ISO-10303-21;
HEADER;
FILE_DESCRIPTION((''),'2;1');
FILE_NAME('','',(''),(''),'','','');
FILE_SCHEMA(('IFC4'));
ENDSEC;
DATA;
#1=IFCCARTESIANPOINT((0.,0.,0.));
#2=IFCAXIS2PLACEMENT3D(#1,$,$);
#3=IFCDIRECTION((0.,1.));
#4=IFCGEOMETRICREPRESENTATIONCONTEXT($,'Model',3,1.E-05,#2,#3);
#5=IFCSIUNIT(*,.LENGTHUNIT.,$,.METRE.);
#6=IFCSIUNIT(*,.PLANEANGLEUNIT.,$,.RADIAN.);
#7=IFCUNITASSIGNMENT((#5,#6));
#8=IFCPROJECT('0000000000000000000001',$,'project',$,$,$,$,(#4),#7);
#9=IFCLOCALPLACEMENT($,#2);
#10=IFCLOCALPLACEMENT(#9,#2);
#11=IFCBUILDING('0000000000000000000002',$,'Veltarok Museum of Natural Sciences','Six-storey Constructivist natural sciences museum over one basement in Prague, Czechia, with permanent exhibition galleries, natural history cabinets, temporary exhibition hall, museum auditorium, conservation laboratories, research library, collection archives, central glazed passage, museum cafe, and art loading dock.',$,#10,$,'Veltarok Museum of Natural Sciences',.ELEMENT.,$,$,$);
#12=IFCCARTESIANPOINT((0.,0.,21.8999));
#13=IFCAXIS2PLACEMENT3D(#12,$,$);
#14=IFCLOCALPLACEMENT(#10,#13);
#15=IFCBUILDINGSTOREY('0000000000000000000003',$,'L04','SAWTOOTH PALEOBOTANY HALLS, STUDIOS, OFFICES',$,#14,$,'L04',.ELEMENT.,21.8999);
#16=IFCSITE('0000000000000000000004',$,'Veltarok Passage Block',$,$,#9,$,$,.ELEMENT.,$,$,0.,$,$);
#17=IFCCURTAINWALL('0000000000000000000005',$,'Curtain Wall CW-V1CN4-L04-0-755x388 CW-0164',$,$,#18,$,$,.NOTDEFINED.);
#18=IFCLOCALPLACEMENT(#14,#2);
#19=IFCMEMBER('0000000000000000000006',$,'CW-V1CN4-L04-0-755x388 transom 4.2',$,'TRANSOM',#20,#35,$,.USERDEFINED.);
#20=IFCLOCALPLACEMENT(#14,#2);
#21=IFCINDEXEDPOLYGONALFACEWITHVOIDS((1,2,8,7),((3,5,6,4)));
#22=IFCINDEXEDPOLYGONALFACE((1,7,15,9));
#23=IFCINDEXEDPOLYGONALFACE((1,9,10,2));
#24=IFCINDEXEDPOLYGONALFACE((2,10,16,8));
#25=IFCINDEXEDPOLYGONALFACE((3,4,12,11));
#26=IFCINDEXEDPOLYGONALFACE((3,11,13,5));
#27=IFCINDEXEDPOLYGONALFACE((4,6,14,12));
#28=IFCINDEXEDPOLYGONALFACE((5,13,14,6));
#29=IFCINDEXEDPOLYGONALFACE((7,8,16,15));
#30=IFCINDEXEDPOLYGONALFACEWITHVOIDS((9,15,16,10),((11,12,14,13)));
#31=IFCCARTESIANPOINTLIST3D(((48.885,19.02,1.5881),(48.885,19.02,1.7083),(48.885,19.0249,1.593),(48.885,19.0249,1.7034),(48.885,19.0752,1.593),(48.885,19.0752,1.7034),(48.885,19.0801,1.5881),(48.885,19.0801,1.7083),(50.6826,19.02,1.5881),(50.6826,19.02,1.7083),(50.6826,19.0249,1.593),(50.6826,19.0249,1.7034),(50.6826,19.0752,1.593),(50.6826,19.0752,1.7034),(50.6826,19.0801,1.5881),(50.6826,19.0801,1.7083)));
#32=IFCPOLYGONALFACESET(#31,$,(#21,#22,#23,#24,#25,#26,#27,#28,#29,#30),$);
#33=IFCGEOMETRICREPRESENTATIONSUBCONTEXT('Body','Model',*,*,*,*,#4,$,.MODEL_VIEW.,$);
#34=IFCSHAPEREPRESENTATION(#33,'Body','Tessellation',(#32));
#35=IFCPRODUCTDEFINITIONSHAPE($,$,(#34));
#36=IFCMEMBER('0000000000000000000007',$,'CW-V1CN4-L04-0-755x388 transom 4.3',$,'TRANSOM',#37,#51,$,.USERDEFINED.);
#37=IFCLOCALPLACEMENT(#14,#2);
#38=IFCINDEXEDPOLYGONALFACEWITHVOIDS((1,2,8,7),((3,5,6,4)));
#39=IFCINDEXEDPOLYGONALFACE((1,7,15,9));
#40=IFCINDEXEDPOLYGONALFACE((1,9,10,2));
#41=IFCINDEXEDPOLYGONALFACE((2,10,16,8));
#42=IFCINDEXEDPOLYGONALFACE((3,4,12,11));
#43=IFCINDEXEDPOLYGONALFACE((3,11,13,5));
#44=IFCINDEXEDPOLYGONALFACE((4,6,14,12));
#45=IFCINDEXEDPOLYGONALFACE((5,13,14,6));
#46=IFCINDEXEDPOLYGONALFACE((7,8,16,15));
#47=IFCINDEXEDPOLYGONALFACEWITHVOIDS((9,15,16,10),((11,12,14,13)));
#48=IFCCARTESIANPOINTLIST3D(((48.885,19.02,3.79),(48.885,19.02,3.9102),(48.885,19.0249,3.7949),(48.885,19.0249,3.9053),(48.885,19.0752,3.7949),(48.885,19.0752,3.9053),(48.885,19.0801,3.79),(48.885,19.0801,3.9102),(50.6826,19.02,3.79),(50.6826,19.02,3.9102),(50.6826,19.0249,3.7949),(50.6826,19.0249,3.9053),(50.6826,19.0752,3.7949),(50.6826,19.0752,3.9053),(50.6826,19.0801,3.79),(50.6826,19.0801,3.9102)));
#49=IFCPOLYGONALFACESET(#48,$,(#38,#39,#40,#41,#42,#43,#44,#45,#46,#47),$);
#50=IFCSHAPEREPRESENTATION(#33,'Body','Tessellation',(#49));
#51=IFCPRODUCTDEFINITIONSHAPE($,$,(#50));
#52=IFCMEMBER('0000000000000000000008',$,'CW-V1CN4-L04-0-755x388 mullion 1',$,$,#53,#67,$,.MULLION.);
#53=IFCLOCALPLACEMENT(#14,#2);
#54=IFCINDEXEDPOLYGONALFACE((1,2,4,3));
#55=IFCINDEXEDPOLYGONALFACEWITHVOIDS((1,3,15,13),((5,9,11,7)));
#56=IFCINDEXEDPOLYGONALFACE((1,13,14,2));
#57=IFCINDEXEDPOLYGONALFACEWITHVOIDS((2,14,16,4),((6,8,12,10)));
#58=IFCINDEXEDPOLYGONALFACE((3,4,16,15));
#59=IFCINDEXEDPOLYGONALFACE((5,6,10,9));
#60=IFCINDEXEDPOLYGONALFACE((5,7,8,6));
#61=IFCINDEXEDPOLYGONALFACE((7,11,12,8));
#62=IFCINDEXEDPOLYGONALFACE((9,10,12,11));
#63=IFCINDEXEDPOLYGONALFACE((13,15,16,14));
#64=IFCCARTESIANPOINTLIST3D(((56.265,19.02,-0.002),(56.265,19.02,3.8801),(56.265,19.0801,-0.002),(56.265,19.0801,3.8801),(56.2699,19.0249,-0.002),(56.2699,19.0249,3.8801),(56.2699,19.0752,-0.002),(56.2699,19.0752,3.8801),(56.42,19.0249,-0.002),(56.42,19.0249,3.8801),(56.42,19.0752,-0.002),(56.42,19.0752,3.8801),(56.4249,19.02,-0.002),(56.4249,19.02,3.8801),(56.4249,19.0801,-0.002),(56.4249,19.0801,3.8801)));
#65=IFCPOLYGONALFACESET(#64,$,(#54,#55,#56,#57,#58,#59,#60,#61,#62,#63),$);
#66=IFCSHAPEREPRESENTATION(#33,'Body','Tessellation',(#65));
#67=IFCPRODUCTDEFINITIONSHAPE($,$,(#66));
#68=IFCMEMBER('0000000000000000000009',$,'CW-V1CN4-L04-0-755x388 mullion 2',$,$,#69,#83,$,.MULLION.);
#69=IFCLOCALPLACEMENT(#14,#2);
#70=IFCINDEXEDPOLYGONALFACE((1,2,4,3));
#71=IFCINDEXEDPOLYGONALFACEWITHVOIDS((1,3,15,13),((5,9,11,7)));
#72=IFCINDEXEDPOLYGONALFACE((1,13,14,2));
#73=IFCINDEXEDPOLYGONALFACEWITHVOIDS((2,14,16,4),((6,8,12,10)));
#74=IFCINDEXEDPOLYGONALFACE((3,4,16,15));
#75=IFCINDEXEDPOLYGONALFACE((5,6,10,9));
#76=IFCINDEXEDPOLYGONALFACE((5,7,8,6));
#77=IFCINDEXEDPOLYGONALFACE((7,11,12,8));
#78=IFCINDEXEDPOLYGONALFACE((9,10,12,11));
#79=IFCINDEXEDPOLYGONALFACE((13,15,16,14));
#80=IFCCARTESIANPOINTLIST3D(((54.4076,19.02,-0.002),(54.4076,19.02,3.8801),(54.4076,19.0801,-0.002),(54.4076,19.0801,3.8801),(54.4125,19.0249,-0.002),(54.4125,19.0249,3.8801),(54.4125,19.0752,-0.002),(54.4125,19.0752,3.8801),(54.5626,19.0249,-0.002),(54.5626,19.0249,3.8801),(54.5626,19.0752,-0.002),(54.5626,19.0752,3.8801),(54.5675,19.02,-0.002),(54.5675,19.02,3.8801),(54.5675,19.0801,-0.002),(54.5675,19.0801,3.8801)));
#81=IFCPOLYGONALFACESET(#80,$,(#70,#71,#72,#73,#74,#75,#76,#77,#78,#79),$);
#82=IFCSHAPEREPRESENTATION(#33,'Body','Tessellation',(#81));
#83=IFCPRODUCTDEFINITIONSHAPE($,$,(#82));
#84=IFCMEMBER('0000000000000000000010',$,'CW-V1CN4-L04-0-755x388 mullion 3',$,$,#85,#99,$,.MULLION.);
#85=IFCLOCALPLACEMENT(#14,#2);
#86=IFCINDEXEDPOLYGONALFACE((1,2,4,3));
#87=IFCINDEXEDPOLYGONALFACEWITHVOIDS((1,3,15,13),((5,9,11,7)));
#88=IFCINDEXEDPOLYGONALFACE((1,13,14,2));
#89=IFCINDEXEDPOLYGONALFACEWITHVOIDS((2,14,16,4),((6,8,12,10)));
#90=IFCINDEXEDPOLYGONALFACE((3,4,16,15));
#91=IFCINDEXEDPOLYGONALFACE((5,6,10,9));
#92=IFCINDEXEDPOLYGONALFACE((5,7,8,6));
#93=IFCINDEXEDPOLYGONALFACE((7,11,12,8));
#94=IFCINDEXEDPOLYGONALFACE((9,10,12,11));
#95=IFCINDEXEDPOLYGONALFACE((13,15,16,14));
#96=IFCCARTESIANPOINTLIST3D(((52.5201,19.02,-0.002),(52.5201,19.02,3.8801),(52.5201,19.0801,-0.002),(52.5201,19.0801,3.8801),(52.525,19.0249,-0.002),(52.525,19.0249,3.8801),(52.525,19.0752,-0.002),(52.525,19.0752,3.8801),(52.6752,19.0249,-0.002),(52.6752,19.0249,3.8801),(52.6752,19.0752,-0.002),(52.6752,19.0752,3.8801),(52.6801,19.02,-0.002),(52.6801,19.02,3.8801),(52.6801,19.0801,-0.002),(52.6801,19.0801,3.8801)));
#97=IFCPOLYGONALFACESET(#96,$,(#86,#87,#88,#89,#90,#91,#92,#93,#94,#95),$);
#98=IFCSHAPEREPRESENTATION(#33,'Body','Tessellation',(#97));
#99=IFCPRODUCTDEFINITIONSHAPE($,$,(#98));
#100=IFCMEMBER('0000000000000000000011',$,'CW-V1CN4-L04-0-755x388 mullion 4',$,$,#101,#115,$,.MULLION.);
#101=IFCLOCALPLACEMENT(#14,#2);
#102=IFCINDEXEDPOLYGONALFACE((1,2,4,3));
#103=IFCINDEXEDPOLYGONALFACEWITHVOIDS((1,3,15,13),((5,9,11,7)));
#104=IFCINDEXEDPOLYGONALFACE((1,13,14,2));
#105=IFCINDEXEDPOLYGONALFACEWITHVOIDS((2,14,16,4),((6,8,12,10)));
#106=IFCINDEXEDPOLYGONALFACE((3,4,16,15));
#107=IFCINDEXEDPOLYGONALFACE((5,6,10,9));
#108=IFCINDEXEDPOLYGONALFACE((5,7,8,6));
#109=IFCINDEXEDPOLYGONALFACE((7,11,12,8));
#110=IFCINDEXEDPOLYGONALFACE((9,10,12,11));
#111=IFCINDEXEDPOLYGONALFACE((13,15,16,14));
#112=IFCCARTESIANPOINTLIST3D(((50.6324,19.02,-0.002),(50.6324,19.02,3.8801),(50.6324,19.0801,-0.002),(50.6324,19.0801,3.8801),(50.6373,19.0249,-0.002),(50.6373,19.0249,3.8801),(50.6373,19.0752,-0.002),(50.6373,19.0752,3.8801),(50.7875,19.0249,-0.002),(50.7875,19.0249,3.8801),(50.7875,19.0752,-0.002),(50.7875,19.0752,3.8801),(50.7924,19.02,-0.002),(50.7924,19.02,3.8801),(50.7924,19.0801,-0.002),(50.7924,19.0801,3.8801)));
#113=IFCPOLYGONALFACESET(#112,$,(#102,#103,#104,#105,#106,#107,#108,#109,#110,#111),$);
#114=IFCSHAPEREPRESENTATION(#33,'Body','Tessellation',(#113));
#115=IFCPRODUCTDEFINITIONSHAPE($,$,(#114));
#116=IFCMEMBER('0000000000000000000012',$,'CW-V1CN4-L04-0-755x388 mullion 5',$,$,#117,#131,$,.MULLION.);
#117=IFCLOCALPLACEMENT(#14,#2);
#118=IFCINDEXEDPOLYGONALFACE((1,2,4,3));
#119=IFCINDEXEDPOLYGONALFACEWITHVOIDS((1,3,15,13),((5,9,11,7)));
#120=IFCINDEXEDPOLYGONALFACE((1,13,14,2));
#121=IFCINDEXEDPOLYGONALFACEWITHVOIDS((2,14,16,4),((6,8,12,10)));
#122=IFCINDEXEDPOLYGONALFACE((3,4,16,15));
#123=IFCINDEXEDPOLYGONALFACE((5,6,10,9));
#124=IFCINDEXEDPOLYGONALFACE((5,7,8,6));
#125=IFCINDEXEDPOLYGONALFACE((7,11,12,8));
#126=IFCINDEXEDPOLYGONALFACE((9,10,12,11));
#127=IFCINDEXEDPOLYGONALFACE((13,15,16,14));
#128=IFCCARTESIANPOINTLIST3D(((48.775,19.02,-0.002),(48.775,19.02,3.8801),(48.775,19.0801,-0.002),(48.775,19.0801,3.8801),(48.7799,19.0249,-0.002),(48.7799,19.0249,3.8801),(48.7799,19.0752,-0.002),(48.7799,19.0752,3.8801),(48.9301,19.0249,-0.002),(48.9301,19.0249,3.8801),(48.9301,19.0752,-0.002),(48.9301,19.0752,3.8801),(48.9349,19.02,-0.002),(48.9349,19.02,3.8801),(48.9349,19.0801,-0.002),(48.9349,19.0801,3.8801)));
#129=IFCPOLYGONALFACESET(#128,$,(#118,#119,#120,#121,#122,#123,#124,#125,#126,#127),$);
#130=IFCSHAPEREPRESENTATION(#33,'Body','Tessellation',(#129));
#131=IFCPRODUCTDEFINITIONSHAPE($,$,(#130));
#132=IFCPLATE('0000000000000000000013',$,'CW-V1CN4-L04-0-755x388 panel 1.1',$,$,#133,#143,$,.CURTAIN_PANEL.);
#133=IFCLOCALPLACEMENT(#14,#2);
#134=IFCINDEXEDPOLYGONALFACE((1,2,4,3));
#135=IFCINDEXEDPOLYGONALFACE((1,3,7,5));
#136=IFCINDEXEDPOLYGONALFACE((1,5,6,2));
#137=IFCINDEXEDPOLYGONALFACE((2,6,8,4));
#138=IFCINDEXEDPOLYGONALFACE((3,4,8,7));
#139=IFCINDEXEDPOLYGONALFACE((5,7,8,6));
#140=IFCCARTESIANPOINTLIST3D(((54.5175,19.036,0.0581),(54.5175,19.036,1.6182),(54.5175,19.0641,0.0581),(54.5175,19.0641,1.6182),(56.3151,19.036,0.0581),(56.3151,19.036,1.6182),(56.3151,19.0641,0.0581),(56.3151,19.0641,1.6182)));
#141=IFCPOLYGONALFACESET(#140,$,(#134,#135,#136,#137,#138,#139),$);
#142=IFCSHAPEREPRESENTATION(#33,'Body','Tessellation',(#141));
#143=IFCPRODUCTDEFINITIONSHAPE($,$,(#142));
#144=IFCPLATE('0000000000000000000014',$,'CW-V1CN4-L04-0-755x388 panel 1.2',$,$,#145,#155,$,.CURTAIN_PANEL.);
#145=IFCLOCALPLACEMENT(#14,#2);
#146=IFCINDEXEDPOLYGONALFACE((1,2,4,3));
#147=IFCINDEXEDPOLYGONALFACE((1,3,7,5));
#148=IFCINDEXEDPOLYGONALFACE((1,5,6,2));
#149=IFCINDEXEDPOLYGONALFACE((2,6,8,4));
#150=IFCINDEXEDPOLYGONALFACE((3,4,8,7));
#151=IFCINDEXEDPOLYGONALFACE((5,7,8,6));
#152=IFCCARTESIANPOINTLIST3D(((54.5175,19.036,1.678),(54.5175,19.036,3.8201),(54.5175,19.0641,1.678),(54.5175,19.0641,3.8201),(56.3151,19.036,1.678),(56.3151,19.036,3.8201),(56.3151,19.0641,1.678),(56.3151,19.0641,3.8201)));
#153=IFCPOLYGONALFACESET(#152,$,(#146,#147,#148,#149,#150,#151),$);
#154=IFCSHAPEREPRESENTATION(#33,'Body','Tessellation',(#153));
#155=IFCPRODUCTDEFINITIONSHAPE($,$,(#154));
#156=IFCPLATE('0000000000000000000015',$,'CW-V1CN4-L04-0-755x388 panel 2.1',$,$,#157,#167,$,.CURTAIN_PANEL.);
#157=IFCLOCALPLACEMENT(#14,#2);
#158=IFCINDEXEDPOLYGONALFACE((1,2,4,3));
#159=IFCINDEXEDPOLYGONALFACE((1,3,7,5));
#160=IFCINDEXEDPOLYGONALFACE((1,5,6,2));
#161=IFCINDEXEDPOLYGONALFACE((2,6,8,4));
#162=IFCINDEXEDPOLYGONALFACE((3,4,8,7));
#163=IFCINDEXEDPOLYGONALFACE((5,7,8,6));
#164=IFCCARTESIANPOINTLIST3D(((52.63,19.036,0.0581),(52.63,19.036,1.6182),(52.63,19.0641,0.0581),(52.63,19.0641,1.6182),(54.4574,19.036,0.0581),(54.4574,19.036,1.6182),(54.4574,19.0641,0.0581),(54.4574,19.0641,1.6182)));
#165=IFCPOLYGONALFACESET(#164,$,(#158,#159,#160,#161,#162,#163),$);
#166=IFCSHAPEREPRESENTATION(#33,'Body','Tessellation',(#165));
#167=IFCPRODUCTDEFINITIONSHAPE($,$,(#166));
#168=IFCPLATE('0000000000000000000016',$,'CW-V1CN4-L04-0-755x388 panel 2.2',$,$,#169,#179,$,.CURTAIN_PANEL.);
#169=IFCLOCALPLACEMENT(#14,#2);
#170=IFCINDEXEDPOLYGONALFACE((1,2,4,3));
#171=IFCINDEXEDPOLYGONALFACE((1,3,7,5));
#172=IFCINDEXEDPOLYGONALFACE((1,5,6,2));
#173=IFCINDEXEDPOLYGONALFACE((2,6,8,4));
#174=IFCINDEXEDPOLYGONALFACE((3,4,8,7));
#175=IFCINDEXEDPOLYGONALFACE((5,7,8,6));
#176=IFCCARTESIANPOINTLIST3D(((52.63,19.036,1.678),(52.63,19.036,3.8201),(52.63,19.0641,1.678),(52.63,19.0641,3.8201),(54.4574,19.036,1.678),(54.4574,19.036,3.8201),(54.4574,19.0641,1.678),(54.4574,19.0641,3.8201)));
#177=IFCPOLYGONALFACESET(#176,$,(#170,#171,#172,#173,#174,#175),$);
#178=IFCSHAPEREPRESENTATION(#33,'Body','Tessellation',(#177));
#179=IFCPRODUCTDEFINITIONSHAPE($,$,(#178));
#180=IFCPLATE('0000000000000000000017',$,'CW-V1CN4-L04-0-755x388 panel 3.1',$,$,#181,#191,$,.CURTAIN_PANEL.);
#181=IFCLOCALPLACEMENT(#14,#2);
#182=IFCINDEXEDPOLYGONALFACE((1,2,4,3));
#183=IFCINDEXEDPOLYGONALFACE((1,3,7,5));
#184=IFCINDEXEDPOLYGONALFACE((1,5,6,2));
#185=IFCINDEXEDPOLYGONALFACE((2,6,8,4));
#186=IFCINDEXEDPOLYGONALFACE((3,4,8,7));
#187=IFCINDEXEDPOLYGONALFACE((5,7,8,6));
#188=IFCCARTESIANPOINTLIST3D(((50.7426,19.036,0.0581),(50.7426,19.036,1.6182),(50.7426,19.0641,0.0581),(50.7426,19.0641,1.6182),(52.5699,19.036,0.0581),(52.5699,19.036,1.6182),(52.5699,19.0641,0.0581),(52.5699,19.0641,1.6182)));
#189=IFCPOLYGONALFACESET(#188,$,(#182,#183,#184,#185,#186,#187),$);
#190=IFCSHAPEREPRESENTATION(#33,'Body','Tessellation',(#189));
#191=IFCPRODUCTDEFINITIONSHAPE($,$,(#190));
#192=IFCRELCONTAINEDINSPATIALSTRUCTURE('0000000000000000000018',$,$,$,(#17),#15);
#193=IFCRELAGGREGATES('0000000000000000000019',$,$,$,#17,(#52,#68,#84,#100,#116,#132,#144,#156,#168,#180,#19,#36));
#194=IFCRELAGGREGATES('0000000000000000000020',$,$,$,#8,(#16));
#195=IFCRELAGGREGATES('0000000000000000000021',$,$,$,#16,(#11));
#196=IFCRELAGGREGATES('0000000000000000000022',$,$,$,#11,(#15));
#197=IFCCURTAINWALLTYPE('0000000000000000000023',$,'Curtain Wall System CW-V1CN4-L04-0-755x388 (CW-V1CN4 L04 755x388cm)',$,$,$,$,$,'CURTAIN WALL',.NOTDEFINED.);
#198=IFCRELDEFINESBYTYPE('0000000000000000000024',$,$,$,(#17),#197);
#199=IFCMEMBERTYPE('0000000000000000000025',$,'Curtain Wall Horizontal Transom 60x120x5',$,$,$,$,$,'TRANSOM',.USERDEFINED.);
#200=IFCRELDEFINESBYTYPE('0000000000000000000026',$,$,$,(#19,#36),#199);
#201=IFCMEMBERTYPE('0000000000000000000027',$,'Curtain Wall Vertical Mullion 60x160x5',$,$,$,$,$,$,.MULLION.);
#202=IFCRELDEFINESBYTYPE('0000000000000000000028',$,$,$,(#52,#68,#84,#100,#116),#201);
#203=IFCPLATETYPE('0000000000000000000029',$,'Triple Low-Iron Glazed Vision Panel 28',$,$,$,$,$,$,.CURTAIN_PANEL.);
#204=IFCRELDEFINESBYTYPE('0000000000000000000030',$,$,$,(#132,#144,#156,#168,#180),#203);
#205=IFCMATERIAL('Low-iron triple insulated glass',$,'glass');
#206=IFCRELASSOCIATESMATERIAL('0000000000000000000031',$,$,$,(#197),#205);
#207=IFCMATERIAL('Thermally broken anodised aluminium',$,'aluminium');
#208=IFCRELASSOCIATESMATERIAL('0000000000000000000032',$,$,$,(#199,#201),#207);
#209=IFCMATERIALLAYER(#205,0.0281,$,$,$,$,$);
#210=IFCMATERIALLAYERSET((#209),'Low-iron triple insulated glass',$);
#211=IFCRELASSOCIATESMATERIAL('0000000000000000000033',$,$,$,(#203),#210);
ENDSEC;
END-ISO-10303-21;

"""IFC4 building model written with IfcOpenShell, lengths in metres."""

from ifc_helpers import new_model, si_unit, direction, frame, origin, origin_2d, place, context, subcontext, project, spatial, rectangle, hollow_rectangle, extrude, material, layer, layer_set, material_profile, profile_set, type_object, element, aggregate, save


model = new_model("IFC4")

# Units and contexts
model_context = context("Model", 3, precision=1e-05, world=origin(), true_north=direction((0.0, 1.0)))
body_context = subcontext(model_context, "Body", "Model", "MODEL_VIEW")
ifc_project = project(units=[si_unit("LENGTHUNIT", "METRE"), si_unit("PLANEANGLEUNIT", "RADIAN")], contexts=[model_context])

# Site, building, storey
site_placement = place(None, origin())
site = spatial("IfcSite", under=ifc_project, at=site_placement, Name="Veltarok Passage Block", CompositionType="ELEMENT", RefElevation=0.0)
building_placement = place(site_placement, origin())
building = spatial("IfcBuilding", under=site, at=building_placement, Name="Veltarok Museum of Natural Sciences", Description="Six-storey Constructivist natural sciences museum over one basement in Prague, Czechia, with permanent exhibition galleries, natural history cabinets, temporary exhibition hall, museum auditorium, conservation laboratories, research library, collection archives, central glazed passage, museum cafe, and art loading dock.", LongName="Veltarok Museum of Natural Sciences", CompositionType="ELEMENT")
storey_placement = place(building_placement, frame((0.0, 0.0, 21.8999)))
storey = spatial("IfcBuildingStorey", under=building, at=storey_placement, Name="L04", Description="SAWTOOTH PALEOBOTANY HALLS, STUDIOS, OFFICES", LongName="L04", CompositionType="ELEMENT", Elevation=21.8999)

# Curtain wall, members, plates
ifc_material_1 = material(Name="Low-iron triple insulated glass", Category="glass")
curtain_wall_type = type_object("IfcCurtainWallType", Name="Curtain Wall System CW-V1CN4-L04-0-755x388 (CW-V1CN4 L04 755x388cm)", ElementType="CURTAIN WALL", PredefinedType="NOTDEFINED", material=ifc_material_1)
curtain_wall_placement = place(storey_placement, origin())
curtain_wall = element("IfcCurtainWall", 1, at=curtain_wall_placement, inside=storey, type_object=curtain_wall_type, Name="Curtain Wall CW-V1CN4-L04-0-755x388 CW-0164", PredefinedType="NOTDEFINED")
ifc_material_2 = material(Name="Thermally broken anodised aluminium", Category="aluminium")
ifc_material_profile_1 = material_profile(ifc_material_2, hollow_rectangle(XDim=0.0601, YDim=0.1201, WallThickness=0.0049, at=origin_2d()), Name="CW TRANSOM 60x120x5")
ifc_profile_set_1 = profile_set([ifc_material_profile_1], Name="Thermally broken anodised aluminium")
member_type_1 = type_object("IfcMemberType", Name="Curtain Wall Horizontal Transom 60x120x5", ElementType="TRANSOM", PredefinedType="USERDEFINED", material=ifc_profile_set_1)
member_1_placement = place(storey_placement, frame((50.6826, 19.05, 1.6482), z_axis=(-1.0, 0.0, 0.0), x_axis=(0.0, -1.0, 0.0)))
member_1 = element("IfcMember", 2, at=member_1_placement, type_object=member_type_1, Name="CW-V1CN4-L04-0-755x388 transom 4.2", ObjectType="TRANSOM", PredefinedType="USERDEFINED", context=body_context, shape_type="SweptSolid", body=[
    extrude(hollow_rectangle(XDim=0.0601, YDim=0.1201, WallThickness=0.0049, at=origin_2d()), origin(), (0.0, 0.0, 1.0), 1.7976),
])
member_2_placement = place(storey_placement, frame((50.6826, 19.05, 3.8501), z_axis=(-1.0, 0.0, 0.0), x_axis=(0.0, -1.0, 0.0)))
member_2 = element("IfcMember", 3, at=member_2_placement, type_object=member_type_1, Name="CW-V1CN4-L04-0-755x388 transom 4.3", ObjectType="TRANSOM", PredefinedType="USERDEFINED", context=body_context, shape_type="SweptSolid", body=[
    extrude(hollow_rectangle(XDim=0.0601, YDim=0.1201, WallThickness=0.0049, at=origin_2d()), origin(), (0.0, 0.0, 1.0), 1.7976),
])
ifc_material_profile_2 = material_profile(ifc_material_2, hollow_rectangle(XDim=0.0601, YDim=0.1599, WallThickness=0.0049, at=origin_2d()), Name="CW MULLION 60x160x5")
ifc_profile_set_2 = profile_set([ifc_material_profile_2], Name="Thermally broken anodised aluminium")
member_type_2 = type_object("IfcMemberType", Name="Curtain Wall Vertical Mullion 60x160x5", PredefinedType="MULLION", material=ifc_profile_set_2)
member_3_placement = place(storey_placement, frame((56.345, 19.05, -0.002), z_axis=(0.0, 0.0, 1.0), x_axis=(0.0, -1.0, 0.0)))
member_3 = element("IfcMember", 4, at=member_3_placement, type_object=member_type_2, Name="CW-V1CN4-L04-0-755x388 mullion 1", PredefinedType="MULLION", context=body_context, shape_type="SweptSolid", body=[
    extrude(hollow_rectangle(XDim=0.0601, YDim=0.1599, WallThickness=0.0049, at=origin_2d()), origin(), (0.0, 0.0, 1.0), 3.8821),
])
member_4_placement = place(storey_placement, frame((54.4875, 19.05, -0.002), z_axis=(0.0, 0.0, 1.0), x_axis=(0.0, -1.0, 0.0)))
member_4 = element("IfcMember", 5, at=member_4_placement, type_object=member_type_2, Name="CW-V1CN4-L04-0-755x388 mullion 2", PredefinedType="MULLION", context=body_context, shape_type="SweptSolid", body=[
    extrude(hollow_rectangle(XDim=0.0601, YDim=0.1599, WallThickness=0.0049, at=origin_2d()), origin(), (0.0, 0.0, 1.0), 3.8821),
])
member_5_placement = place(storey_placement, frame((52.6001, 19.05, -0.002), z_axis=(0.0, 0.0, 1.0), x_axis=(0.0, -1.0, 0.0)))
member_5 = element("IfcMember", 6, at=member_5_placement, type_object=member_type_2, Name="CW-V1CN4-L04-0-755x388 mullion 3", PredefinedType="MULLION", context=body_context, shape_type="SweptSolid", body=[
    extrude(hollow_rectangle(XDim=0.0601, YDim=0.1599, WallThickness=0.0049, at=origin_2d()), origin(), (0.0, 0.0, 1.0), 3.8821),
])
member_6_placement = place(storey_placement, frame((50.7124, 19.05, -0.002), z_axis=(0.0, 0.0, 1.0), x_axis=(0.0, -1.0, 0.0)))
member_6 = element("IfcMember", 7, at=member_6_placement, type_object=member_type_2, Name="CW-V1CN4-L04-0-755x388 mullion 4", PredefinedType="MULLION", context=body_context, shape_type="SweptSolid", body=[
    extrude(hollow_rectangle(XDim=0.0601, YDim=0.1599, WallThickness=0.0049, at=origin_2d()), origin(), (0.0, 0.0, 1.0), 3.8821),
])
member_7_placement = place(storey_placement, frame((48.855, 19.05, -0.002), z_axis=(0.0, 0.0, 1.0), x_axis=(0.0, -1.0, 0.0)))
member_7 = element("IfcMember", 8, at=member_7_placement, type_object=member_type_2, Name="CW-V1CN4-L04-0-755x388 mullion 5", PredefinedType="MULLION", context=body_context, shape_type="SweptSolid", body=[
    extrude(hollow_rectangle(XDim=0.0601, YDim=0.1599, WallThickness=0.0049, at=origin_2d()), origin(), (0.0, 0.0, 1.0), 3.8821),
])
ifc_layer_1 = layer(ifc_material_1, 0.0281)
ifc_layer_set_1 = layer_set([ifc_layer_1], Name="Low-iron triple insulated glass")
plate_type = type_object("IfcPlateType", Name="Triple Low-Iron Glazed Vision Panel 28", PredefinedType="CURTAIN_PANEL", material=ifc_layer_set_1)
plate_1_placement = place(storey_placement, frame((55.4163, 19.05, 0.0581), z_axis=(0.0, 0.0, 1.0), x_axis=(-1.0, 0.0, 0.0)))
plate_1 = element("IfcPlate", 9, at=plate_1_placement, type_object=plate_type, Name="CW-V1CN4-L04-0-755x388 panel 1.1", PredefinedType="CURTAIN_PANEL", context=body_context, shape_type="SweptSolid", body=[
    extrude(rectangle(XDim=1.7976, YDim=0.0281, at=origin_2d()), origin(), (0.0, 0.0, 1.0), 1.5601),
])
plate_2_placement = place(storey_placement, frame((55.4163, 19.05, 1.678), z_axis=(0.0, 0.0, 1.0), x_axis=(-1.0, 0.0, 0.0)))
plate_2 = element("IfcPlate", 10, at=plate_2_placement, type_object=plate_type, Name="CW-V1CN4-L04-0-755x388 panel 1.2", PredefinedType="CURTAIN_PANEL", context=body_context, shape_type="SweptSolid", body=[
    extrude(rectangle(XDim=1.7976, YDim=0.0281, at=origin_2d()), origin(), (0.0, 0.0, 1.0), 2.1421),
])
plate_3_placement = place(storey_placement, frame((53.5437, 19.05, 0.0581), z_axis=(0.0, 0.0, 1.0), x_axis=(-1.0, 0.0, 0.0)))
plate_3 = element("IfcPlate", 11, at=plate_3_placement, type_object=plate_type, Name="CW-V1CN4-L04-0-755x388 panel 2.1", PredefinedType="CURTAIN_PANEL", context=body_context, shape_type="SweptSolid", body=[
    extrude(rectangle(XDim=1.8274, YDim=0.0281, at=origin_2d()), origin(), (0.0, 0.0, 1.0), 1.5601),
])
plate_4_placement = place(storey_placement, frame((53.5437, 19.05, 1.678), z_axis=(0.0, 0.0, 1.0), x_axis=(-1.0, 0.0, 0.0)))
plate_4 = element("IfcPlate", 12, at=plate_4_placement, type_object=plate_type, Name="CW-V1CN4-L04-0-755x388 panel 2.2", PredefinedType="CURTAIN_PANEL", context=body_context, shape_type="SweptSolid", body=[
    extrude(rectangle(XDim=1.8274, YDim=0.0281, at=origin_2d()), origin(), (0.0, 0.0, 1.0), 2.1421),
])
plate_5_placement = place(storey_placement, frame((51.6562, 19.05, 0.0581), z_axis=(0.0, 0.0, 1.0), x_axis=(-1.0, 0.0, 0.0)))
plate_5 = element("IfcPlate", 13, at=plate_5_placement, type_object=plate_type, Name="CW-V1CN4-L04-0-755x388 panel 3.1", PredefinedType="CURTAIN_PANEL", context=body_context, shape_type="SweptSolid", body=[
    extrude(rectangle(XDim=1.8274, YDim=0.0281, at=origin_2d()), origin(), (0.0, 0.0, 1.0), 1.5601),
])
aggregate(curtain_wall, [member_3, member_4, member_5, member_6, member_7, plate_1, plate_2, plate_3, plate_4, plate_5, member_1, member_2])

save(model, "model.ifc")
